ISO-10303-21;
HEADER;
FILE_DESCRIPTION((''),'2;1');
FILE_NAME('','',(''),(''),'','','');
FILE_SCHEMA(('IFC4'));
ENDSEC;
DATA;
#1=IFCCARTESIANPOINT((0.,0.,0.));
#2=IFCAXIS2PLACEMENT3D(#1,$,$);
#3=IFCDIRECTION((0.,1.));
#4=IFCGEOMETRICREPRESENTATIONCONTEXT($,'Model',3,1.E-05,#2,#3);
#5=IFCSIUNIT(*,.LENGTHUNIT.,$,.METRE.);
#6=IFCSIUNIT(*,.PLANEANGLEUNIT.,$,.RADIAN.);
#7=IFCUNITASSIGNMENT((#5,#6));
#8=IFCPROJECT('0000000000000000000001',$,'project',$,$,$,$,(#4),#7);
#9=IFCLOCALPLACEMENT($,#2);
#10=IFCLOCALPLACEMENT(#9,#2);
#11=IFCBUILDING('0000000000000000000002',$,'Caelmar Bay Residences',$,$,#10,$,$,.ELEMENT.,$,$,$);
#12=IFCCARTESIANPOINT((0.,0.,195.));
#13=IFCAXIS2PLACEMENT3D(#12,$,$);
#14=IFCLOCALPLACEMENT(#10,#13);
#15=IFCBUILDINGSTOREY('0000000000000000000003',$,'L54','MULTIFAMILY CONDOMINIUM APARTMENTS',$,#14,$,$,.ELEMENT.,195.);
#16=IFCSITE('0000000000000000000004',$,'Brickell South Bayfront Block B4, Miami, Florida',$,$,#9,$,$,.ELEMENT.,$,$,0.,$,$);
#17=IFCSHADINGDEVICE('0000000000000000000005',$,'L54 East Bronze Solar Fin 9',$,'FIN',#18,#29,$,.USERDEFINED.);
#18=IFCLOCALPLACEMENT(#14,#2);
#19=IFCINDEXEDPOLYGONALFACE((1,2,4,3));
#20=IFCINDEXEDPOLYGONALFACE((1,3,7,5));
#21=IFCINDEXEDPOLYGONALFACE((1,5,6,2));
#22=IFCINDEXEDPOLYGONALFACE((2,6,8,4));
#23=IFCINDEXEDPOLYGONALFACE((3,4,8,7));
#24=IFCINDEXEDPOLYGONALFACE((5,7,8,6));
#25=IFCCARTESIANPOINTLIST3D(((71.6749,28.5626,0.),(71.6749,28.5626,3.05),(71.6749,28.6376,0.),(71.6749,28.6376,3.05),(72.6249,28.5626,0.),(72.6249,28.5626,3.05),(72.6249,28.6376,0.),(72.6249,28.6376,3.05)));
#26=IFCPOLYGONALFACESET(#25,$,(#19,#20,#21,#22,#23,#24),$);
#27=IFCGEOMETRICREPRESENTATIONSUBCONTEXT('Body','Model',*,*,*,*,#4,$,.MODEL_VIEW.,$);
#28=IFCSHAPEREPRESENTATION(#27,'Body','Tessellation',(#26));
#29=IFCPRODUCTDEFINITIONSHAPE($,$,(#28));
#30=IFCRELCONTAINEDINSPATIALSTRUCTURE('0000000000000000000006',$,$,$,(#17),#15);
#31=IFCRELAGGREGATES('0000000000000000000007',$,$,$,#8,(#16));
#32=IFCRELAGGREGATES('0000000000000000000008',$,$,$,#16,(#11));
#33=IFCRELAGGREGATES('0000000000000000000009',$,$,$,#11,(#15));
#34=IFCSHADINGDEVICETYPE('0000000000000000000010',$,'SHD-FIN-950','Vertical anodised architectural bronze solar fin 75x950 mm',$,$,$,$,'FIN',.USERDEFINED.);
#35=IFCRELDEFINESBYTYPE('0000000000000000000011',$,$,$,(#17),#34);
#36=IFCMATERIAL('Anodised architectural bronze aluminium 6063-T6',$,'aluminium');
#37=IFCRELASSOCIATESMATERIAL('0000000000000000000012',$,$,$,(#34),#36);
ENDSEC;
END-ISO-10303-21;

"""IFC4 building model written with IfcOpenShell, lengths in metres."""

from ifc_helpers import new_model, si_unit, direction, frame, origin, origin_2d, place, context, subcontext, project, spatial, rectangle, extrude, material, material_profile, profile_set, type_object, element, save


model = new_model("IFC4")

# Units and contexts
model_context = context("Model", 3, precision=1e-05, world=origin(), true_north=direction((0.0, 1.0)))
body_context = subcontext(model_context, "Body", "Model", "MODEL_VIEW")
ifc_project = project(units=[si_unit("LENGTHUNIT", "METRE"), si_unit("PLANEANGLEUNIT", "RADIAN")], contexts=[model_context])

# Site, building, storey
site_placement = place(None, origin())
site = spatial("IfcSite", under=ifc_project, at=site_placement, Name="Brickell South Bayfront Block B4, Miami, Florida", CompositionType="ELEMENT", RefElevation=0.0)
building_placement = place(site_placement, origin())
building = spatial("IfcBuilding", under=site, at=building_placement, Name="Caelmar Bay Residences", CompositionType="ELEMENT")
storey_placement = place(building_placement, frame((0.0, 0.0, 195.0)))
storey = spatial("IfcBuildingStorey", under=building, at=storey_placement, Name="L54", Description="MULTIFAMILY CONDOMINIUM APARTMENTS", CompositionType="ELEMENT", Elevation=195.0)

# Shading device
ifc_material_1 = material(Name="Anodised architectural bronze aluminium 6063-T6", Category="aluminium")
ifc_material_profile_1 = material_profile(ifc_material_1, rectangle(XDim=0.075, YDim=0.95, at=origin_2d()), Name="BRONZE-FIN-75X950")
ifc_profile_set_1 = profile_set([ifc_material_profile_1], Name="Anodised architectural bronze aluminium 6063-T6")
shading_device_type = type_object("IfcShadingDeviceType", Name="SHD-FIN-950", Description="Vertical anodised architectural bronze solar fin 75x950 mm", ElementType="FIN", PredefinedType="USERDEFINED", material=ifc_profile_set_1)
for number, where, z_axis, x_axis, name in (
    (1, (72.1499, 28.6001, 0.0), (0.0, 0.0, 1.0), (0.0, 1.0, 0.0), "L54 East Bronze Solar Fin 9"),
):
    element("IfcShadingDevice", number, at=place(storey_placement, frame(where, z_axis=z_axis, x_axis=x_axis)), inside=storey, type_object=shading_device_type, Name=name, ObjectType="FIN", PredefinedType="USERDEFINED", context=body_context, shape_type="SweptSolid", body=[
        extrude(rectangle(XDim=0.075, YDim=0.95, at=origin_2d()), origin(), (0.0, 0.0, 1.0), 3.05),
    ])

save(model, "model.ifc")
